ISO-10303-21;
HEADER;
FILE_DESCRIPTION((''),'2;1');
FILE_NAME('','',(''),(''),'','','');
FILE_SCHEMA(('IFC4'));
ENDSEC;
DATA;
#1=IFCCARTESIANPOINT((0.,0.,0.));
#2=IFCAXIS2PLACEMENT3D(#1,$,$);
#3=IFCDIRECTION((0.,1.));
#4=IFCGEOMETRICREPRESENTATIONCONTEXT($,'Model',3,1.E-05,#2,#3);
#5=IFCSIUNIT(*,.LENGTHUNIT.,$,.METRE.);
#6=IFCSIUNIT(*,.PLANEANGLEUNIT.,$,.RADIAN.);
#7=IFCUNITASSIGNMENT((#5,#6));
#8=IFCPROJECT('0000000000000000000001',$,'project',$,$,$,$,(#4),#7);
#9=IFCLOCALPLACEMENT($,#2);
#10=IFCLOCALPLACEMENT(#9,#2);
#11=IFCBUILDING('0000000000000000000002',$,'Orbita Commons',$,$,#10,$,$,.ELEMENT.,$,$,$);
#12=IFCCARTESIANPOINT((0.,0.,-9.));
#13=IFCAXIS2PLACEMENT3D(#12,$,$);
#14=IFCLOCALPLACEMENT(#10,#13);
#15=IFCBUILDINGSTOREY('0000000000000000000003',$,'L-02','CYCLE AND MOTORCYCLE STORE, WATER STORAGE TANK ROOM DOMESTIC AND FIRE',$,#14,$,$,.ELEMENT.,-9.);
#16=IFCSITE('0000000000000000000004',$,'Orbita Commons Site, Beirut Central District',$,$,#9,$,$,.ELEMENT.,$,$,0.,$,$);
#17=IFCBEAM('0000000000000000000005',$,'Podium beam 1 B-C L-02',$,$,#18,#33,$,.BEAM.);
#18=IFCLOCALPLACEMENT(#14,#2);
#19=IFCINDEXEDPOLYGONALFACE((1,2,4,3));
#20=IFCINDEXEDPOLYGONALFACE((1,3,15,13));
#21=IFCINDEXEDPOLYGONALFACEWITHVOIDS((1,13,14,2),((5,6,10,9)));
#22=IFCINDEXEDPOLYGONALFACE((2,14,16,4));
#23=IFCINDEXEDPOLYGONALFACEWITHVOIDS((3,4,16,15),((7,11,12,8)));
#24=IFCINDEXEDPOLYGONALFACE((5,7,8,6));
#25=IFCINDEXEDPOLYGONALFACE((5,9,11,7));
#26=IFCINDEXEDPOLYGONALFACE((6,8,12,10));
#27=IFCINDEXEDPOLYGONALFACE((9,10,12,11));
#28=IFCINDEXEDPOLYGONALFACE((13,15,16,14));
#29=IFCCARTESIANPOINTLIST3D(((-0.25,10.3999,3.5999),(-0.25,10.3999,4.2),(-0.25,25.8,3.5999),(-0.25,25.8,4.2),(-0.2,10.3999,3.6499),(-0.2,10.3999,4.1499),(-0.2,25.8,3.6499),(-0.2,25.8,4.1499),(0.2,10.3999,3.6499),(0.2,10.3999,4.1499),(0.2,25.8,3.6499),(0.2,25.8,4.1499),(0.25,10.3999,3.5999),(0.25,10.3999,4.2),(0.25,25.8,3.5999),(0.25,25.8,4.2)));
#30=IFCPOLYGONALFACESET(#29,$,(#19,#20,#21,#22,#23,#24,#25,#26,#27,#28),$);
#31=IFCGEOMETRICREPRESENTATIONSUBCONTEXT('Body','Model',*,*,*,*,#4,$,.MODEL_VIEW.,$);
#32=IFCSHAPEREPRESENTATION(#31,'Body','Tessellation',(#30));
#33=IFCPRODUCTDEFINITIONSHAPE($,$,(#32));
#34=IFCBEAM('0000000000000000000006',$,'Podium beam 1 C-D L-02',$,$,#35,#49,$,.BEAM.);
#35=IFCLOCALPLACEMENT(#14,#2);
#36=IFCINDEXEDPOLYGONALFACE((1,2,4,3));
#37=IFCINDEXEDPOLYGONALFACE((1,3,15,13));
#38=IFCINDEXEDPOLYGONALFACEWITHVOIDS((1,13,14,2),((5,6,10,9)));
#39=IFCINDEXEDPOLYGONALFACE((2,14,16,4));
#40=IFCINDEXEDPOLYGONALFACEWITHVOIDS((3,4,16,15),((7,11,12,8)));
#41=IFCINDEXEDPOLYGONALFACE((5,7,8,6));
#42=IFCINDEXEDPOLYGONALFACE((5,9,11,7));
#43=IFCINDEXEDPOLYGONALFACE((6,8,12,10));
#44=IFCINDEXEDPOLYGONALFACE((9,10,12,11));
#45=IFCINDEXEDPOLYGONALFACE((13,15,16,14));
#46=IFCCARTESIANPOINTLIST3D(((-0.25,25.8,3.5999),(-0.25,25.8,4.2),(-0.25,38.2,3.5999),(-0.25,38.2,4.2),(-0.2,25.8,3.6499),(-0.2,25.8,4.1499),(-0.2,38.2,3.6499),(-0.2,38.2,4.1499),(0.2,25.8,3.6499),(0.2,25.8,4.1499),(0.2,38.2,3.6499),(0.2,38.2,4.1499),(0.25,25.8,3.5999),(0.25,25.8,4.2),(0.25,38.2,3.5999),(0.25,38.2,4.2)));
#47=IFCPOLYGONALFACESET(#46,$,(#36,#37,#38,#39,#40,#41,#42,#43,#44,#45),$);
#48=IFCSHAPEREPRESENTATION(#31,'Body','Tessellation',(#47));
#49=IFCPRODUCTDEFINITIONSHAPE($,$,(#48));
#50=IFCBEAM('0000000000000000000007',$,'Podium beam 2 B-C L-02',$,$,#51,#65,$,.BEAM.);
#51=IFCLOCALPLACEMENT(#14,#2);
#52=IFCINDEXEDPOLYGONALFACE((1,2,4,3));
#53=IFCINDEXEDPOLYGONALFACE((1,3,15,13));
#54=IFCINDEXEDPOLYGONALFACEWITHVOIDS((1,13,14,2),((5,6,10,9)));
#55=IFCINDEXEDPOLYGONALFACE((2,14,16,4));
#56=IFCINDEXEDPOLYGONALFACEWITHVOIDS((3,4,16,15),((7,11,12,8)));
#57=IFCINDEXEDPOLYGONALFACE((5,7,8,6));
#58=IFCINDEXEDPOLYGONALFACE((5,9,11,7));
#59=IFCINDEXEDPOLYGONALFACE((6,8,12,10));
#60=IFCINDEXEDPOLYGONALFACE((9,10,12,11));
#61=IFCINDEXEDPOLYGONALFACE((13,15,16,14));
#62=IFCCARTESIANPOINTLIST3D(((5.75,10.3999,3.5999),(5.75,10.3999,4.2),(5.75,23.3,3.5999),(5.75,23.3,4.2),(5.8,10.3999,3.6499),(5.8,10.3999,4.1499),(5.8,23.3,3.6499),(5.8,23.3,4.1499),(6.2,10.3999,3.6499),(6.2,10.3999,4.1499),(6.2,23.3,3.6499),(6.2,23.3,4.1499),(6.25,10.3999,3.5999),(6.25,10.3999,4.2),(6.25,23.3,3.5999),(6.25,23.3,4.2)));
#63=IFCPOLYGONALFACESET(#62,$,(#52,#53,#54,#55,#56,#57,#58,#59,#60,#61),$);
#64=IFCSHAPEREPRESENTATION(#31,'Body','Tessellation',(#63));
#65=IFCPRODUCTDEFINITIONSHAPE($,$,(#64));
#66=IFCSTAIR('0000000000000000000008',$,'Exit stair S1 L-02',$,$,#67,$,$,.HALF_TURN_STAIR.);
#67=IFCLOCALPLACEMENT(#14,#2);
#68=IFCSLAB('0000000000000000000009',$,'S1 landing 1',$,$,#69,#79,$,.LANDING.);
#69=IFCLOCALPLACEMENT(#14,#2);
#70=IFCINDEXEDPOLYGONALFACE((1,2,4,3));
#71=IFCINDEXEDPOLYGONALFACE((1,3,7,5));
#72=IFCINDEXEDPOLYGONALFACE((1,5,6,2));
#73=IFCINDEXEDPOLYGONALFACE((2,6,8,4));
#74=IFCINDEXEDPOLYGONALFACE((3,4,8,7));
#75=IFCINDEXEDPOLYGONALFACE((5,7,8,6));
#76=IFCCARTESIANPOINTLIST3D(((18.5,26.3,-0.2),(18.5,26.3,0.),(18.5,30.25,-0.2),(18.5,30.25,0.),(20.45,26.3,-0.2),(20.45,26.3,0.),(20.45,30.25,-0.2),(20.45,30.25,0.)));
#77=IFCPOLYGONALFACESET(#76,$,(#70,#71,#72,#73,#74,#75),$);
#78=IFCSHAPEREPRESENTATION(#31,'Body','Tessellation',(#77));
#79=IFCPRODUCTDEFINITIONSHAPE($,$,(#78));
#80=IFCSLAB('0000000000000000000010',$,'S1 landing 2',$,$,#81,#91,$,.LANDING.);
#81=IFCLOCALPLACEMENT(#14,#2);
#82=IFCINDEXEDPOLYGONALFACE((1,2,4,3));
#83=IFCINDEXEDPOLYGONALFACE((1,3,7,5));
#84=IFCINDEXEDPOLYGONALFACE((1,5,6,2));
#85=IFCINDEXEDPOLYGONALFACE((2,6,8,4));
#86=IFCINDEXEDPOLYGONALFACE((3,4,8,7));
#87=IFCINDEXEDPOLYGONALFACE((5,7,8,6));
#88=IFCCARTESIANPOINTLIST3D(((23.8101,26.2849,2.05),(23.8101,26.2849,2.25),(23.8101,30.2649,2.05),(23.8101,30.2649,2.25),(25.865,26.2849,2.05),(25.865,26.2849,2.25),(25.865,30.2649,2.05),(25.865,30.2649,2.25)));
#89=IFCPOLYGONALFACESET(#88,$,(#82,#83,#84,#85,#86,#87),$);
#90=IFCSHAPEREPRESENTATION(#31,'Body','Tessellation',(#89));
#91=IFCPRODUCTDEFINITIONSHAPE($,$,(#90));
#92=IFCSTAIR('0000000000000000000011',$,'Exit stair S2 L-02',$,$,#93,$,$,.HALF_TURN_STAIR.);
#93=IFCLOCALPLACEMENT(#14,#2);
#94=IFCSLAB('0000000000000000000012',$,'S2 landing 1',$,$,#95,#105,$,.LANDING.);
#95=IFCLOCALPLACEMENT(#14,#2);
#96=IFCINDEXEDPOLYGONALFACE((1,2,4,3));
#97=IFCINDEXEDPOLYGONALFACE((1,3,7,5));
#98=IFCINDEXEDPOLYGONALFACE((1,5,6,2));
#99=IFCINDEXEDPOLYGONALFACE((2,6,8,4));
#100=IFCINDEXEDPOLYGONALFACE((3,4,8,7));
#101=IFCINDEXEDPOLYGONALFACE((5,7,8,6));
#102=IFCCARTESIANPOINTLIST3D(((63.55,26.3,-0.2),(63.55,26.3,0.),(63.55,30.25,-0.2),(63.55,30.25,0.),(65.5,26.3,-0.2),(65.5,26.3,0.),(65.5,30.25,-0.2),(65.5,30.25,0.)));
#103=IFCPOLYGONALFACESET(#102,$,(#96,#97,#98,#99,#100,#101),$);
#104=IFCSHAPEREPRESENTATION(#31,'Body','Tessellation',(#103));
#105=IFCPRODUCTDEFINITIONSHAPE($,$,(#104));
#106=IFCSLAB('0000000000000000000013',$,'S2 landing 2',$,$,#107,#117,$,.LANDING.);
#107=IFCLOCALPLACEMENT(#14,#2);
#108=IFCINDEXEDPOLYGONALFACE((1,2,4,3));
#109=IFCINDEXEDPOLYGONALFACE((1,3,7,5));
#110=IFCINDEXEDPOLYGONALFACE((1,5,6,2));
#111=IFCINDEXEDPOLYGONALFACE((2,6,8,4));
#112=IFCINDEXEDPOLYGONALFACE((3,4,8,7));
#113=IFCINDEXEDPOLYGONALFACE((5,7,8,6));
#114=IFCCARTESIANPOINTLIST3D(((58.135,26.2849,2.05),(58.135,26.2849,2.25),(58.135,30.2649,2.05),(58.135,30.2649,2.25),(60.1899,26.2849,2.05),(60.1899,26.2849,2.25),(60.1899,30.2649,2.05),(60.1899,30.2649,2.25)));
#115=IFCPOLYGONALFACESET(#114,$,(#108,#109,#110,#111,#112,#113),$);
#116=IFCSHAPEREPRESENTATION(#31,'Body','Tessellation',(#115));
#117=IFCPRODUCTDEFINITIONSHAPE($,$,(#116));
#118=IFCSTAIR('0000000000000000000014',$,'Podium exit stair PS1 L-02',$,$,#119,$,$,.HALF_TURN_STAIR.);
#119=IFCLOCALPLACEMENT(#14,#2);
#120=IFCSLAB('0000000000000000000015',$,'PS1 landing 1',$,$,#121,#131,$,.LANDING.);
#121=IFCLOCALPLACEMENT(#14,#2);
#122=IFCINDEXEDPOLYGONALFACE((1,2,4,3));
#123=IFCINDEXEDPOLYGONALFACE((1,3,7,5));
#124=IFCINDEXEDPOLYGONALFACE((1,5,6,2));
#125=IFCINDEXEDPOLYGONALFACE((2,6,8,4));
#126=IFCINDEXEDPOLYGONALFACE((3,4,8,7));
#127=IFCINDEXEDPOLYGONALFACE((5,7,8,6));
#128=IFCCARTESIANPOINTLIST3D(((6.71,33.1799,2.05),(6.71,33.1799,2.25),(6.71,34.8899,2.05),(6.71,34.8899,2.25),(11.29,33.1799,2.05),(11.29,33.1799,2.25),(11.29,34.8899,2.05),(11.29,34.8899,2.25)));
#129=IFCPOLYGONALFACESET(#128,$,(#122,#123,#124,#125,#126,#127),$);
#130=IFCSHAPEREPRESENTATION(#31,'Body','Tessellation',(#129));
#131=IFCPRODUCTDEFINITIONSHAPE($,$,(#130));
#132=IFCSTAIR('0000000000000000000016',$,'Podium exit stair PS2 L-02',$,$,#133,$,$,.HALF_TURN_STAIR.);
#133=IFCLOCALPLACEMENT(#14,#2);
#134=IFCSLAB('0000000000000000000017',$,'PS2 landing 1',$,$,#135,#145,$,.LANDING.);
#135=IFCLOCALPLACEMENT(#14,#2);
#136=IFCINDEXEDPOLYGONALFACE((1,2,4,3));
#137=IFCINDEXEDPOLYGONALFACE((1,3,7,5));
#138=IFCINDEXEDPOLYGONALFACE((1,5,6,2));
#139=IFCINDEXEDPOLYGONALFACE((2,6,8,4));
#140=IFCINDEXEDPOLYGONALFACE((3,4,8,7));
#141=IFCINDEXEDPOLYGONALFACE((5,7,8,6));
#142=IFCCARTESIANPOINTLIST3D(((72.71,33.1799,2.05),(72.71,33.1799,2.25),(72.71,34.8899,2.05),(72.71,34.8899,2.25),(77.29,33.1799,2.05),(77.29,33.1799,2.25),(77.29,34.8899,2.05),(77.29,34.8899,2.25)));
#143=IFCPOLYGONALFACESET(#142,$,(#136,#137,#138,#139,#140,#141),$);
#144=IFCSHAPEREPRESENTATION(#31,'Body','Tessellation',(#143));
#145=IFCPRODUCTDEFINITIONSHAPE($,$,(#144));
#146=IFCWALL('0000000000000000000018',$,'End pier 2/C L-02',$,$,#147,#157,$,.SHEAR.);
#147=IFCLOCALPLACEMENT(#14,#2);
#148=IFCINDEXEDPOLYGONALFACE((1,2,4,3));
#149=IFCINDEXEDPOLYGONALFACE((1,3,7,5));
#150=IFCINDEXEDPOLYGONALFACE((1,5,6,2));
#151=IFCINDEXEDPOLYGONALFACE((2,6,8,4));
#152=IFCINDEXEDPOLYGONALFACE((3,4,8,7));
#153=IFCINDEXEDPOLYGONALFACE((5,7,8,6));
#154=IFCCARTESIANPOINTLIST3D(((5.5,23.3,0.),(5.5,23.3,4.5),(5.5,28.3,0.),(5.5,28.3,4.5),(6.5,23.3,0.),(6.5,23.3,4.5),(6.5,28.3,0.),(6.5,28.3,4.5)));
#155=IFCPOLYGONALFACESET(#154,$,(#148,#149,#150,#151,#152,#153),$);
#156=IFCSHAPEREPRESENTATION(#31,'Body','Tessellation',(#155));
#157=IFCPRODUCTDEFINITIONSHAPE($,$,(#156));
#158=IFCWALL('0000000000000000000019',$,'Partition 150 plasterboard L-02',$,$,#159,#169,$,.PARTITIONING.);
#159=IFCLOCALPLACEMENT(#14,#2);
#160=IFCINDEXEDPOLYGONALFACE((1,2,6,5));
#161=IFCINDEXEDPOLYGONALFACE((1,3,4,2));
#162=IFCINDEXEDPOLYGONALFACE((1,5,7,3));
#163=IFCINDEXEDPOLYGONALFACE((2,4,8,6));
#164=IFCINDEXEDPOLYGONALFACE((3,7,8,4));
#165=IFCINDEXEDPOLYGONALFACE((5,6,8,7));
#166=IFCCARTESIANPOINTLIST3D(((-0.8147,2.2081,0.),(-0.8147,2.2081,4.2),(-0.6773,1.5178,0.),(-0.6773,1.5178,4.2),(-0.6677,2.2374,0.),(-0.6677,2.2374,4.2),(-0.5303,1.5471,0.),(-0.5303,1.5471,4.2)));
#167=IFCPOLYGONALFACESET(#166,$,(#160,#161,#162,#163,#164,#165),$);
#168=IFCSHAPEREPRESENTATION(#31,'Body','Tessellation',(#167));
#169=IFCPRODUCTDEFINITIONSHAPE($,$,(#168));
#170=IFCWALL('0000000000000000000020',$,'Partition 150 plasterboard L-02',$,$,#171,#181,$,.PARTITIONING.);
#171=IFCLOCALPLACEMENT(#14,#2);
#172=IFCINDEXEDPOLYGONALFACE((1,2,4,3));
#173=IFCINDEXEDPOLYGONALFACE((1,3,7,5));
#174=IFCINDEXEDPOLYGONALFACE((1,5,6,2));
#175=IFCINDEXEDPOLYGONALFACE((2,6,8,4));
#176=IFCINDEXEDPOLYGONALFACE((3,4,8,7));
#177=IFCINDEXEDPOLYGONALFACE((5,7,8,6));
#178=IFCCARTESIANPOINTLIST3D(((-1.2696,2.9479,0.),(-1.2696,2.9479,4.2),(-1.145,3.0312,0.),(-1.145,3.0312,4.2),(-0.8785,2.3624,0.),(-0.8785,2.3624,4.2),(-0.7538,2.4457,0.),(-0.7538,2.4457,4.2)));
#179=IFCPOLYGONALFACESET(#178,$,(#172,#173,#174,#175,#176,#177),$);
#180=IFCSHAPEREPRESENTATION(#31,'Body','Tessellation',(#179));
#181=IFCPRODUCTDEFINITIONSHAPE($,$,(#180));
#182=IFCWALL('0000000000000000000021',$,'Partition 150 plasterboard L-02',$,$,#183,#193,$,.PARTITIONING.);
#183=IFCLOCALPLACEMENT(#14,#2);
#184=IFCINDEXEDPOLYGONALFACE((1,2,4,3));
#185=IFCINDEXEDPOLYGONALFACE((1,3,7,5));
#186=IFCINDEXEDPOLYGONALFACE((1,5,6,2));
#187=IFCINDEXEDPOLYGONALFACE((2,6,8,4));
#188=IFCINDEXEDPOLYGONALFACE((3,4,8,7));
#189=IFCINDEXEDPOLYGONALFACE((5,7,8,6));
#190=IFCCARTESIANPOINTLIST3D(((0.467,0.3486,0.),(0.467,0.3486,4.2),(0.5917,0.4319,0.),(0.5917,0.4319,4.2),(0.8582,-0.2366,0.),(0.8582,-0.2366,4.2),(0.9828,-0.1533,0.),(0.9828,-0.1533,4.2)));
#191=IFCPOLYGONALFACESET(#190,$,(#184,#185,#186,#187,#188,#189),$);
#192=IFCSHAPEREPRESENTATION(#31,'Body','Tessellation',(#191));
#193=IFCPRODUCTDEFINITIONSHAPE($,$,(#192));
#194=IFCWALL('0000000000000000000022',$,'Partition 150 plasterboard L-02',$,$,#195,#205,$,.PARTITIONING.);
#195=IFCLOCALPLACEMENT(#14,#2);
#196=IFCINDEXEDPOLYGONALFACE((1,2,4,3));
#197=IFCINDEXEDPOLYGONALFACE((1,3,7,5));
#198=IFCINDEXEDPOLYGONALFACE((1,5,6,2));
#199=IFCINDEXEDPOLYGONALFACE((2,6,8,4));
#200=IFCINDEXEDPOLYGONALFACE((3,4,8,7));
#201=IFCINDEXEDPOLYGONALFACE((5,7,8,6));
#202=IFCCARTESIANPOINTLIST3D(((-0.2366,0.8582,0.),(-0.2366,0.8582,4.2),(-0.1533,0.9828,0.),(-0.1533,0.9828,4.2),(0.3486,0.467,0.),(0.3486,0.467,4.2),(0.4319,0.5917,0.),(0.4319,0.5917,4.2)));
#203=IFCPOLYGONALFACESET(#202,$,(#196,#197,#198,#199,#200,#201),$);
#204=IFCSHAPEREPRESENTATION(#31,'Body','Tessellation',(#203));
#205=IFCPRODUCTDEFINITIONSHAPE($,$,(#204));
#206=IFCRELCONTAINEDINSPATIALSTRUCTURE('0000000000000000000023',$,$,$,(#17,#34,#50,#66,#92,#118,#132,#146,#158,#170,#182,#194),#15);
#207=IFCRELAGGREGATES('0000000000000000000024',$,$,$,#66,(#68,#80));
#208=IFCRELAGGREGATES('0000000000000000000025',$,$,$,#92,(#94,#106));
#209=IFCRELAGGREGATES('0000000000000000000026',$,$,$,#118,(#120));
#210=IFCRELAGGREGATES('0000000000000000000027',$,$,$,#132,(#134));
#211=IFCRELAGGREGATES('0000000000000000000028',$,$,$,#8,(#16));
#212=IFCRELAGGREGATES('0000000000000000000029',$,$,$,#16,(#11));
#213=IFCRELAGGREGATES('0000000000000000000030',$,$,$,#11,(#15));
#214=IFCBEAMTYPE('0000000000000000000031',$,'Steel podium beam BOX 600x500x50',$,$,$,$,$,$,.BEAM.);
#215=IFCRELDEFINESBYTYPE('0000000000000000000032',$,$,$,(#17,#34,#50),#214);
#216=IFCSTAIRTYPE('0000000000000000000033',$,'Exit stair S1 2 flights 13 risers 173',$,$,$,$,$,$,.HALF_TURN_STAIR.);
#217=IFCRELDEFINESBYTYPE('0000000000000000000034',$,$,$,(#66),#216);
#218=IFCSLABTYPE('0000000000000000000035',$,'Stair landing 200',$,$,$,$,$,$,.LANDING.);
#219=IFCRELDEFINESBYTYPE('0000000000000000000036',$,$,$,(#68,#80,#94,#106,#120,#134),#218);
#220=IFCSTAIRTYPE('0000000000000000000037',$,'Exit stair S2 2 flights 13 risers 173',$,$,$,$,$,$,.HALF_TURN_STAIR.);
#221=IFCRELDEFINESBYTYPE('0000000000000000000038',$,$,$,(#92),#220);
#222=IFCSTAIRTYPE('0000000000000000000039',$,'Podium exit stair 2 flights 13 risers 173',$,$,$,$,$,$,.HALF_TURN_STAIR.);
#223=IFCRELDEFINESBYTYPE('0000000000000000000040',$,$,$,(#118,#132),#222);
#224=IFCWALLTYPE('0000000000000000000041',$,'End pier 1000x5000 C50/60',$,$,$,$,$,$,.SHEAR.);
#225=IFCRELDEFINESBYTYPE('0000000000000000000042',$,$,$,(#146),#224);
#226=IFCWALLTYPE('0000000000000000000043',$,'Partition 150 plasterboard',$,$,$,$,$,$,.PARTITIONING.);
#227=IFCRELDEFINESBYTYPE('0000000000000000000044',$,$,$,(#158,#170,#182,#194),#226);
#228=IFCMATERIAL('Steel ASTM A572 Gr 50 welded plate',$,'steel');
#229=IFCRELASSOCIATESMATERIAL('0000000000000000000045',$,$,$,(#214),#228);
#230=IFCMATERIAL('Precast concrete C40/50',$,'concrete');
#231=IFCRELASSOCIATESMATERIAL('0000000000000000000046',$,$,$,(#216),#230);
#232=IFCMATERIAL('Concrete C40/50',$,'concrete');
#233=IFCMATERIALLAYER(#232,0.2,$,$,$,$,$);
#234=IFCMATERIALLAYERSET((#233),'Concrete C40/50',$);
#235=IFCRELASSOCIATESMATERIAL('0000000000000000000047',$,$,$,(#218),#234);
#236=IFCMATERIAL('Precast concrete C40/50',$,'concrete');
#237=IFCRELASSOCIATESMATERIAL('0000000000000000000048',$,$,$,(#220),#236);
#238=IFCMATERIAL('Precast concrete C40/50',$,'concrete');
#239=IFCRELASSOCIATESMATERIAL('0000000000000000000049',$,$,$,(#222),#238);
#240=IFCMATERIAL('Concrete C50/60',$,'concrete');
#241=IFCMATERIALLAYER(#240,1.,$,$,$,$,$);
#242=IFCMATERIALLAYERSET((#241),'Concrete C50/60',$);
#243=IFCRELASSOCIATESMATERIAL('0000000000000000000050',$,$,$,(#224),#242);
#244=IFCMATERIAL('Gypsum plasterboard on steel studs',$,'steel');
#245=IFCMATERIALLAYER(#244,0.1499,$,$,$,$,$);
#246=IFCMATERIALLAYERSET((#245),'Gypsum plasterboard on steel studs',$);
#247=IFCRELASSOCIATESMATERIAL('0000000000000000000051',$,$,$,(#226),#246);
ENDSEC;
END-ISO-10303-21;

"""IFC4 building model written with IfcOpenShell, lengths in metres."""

from ifc_helpers import new_model, si_unit, direction, frame, frame_2d, origin, origin_2d, place, context, subcontext, project, spatial, polyline, rectangle, hollow_rectangle, outline, extrude, material, layer, layer_set, material_profile, profile_set, type_object, element, aggregate, save


model = new_model("IFC4")

# Units and contexts
model_context = context("Model", 3, precision=1e-05, world=origin(), true_north=direction((0.0, 1.0)))
body_context = subcontext(model_context, "Body", "Model", "MODEL_VIEW")
ifc_project = project(units=[si_unit("LENGTHUNIT", "METRE"), si_unit("PLANEANGLEUNIT", "RADIAN")], contexts=[model_context])

# Site, building, storey
site_placement = place(None, origin())
site = spatial("IfcSite", under=ifc_project, at=site_placement, Name="Orbita Commons Site, Beirut Central District", CompositionType="ELEMENT", RefElevation=0.0)
building_placement = place(site_placement, origin())
building = spatial("IfcBuilding", under=site, at=building_placement, Name="Orbita Commons", CompositionType="ELEMENT")
storey_placement = place(building_placement, frame((0.0, 0.0, -9.0)))
storey = spatial("IfcBuildingStorey", under=building, at=storey_placement, Name="L-02", Description="CYCLE AND MOTORCYCLE STORE, WATER STORAGE TANK ROOM DOMESTIC AND FIRE", CompositionType="ELEMENT", Elevation=-9.0)

# Beams
ifc_material_1 = material(Name="Steel ASTM A572 Gr 50 welded plate", Category="steel")
ifc_material_profile_1 = material_profile(ifc_material_1, hollow_rectangle(XDim=0.5, YDim=0.6001, WallThickness=0.05, at=origin_2d()), Name="BOX 600x500x50")
ifc_profile_set_1 = profile_set([ifc_material_profile_1], Name="Steel ASTM A572 Gr 50 welded plate")
beam_type = type_object("IfcBeamType", Name="Steel podium beam BOX 600x500x50", PredefinedType="BEAM", material=ifc_profile_set_1)
beam_1_placement = place(storey_placement, frame((0.0, 10.3999, 3.8999), z_axis=(0.0, 1.0, 0.0), x_axis=(-1.0, 0.0, 0.0)))
element("IfcBeam", 1, at=beam_1_placement, inside=storey, type_object=beam_type, Name="Podium beam 1 B-C L-02", PredefinedType="BEAM", context=body_context, shape_type="SweptSolid", body=[
    extrude(hollow_rectangle(XDim=0.5, YDim=0.6001, WallThickness=0.05, at=origin_2d()), origin(), (0.0, 0.0, 1.0), 15.4001),
])
beam_2_placement = place(storey_placement, frame((0.0, 25.8, 3.8999), z_axis=(0.0, 1.0, 0.0), x_axis=(-1.0, 0.0, 0.0)))
element("IfcBeam", 2, at=beam_2_placement, inside=storey, type_object=beam_type, Name="Podium beam 1 C-D L-02", PredefinedType="BEAM", context=body_context, shape_type="SweptSolid", body=[
    extrude(hollow_rectangle(XDim=0.5, YDim=0.6001, WallThickness=0.05, at=origin_2d()), origin(), (0.0, 0.0, 1.0), 12.3999),
])
beam_3_placement = place(storey_placement, frame((6.0, 10.3999, 3.8999), z_axis=(0.0, 1.0, 0.0), x_axis=(-1.0, 0.0, 0.0)))
element("IfcBeam", 3, at=beam_3_placement, inside=storey, type_object=beam_type, Name="Podium beam 2 B-C L-02", PredefinedType="BEAM", context=body_context, shape_type="SweptSolid", body=[
    extrude(hollow_rectangle(XDim=0.5, YDim=0.6001, WallThickness=0.05, at=origin_2d()), origin(), (0.0, 0.0, 1.0), 12.9001),
])

# Stairs, slabs
ifc_material_2 = material(Name="Precast concrete C40/50", Category="concrete")
stair_type_1 = type_object("IfcStairType", Name="Exit stair S1 2 flights 13 risers 173", PredefinedType="HALF_TURN_STAIR", material=ifc_material_2)
stair_1_placement = place(storey_placement, origin())
stair_1 = element("IfcStair", 4, at=stair_1_placement, inside=storey, type_object=stair_type_1, Name="Exit stair S1 L-02", PredefinedType="HALF_TURN_STAIR")
ifc_material_3 = material(Name="Concrete C40/50", Category="concrete")
ifc_layer_1 = layer(ifc_material_3, 0.2)
ifc_layer_set_1 = layer_set([ifc_layer_1], Name="Concrete C40/50")
slab_type = type_object("IfcSlabType", Name="Stair landing 200", PredefinedType="LANDING", material=ifc_layer_set_1)
slab_1_placement = place(storey_placement, frame((0.0, 0.0, -0.2)))
slab_1 = element("IfcSlab", 5, at=slab_1_placement, type_object=slab_type, Name="S1 landing 1", PredefinedType="LANDING", context=body_context, shape_type="SweptSolid", body=[
    extrude(outline(polyline([(18.5, 26.3), (20.45, 26.3), (20.45, 30.25), (18.5, 30.25), (18.5, 26.3)])), origin(), (0.0, 0.0, 1.0), 0.2),
])
slab_2_placement = place(storey_placement, frame((0.0, 0.0, 2.05)))
slab_2 = element("IfcSlab", 6, at=slab_2_placement, type_object=slab_type, Name="S1 landing 2", PredefinedType="LANDING", context=body_context, shape_type="SweptSolid", body=[
    extrude(outline(polyline([(23.8101, 26.2849), (25.865, 26.2849), (25.865, 30.2649), (23.8101, 30.2649), (23.8101, 26.2849)])), origin(), (0.0, 0.0, 1.0), 0.2),
])
aggregate(stair_1, [slab_1, slab_2])
ifc_material_4 = material(Name="Precast concrete C40/50", Category="concrete")
stair_type_2 = type_object("IfcStairType", Name="Exit stair S2 2 flights 13 risers 173", PredefinedType="HALF_TURN_STAIR", material=ifc_material_4)
stair_2_placement = place(storey_placement, origin())
stair_2 = element("IfcStair", 7, at=stair_2_placement, inside=storey, type_object=stair_type_2, Name="Exit stair S2 L-02", PredefinedType="HALF_TURN_STAIR")
slab_3_placement = place(storey_placement, frame((0.0, 0.0, -0.2)))
slab_3 = element("IfcSlab", 8, at=slab_3_placement, type_object=slab_type, Name="S2 landing 1", PredefinedType="LANDING", context=body_context, shape_type="SweptSolid", body=[
    extrude(outline(polyline([(63.55, 26.3), (65.5, 26.3), (65.5, 30.25), (63.55, 30.25), (63.55, 26.3)])), origin(), (0.0, 0.0, 1.0), 0.2),
])
slab_4_placement = place(storey_placement, frame((0.0, 0.0, 2.05)))
slab_4 = element("IfcSlab", 9, at=slab_4_placement, type_object=slab_type, Name="S2 landing 2", PredefinedType="LANDING", context=body_context, shape_type="SweptSolid", body=[
    extrude(outline(polyline([(58.135, 26.2849), (60.1899, 26.2849), (60.1899, 30.2649), (58.135, 30.2649), (58.135, 26.2849)])), origin(), (0.0, 0.0, 1.0), 0.2),
])
aggregate(stair_2, [slab_3, slab_4])

# Stairs, slabs
ifc_material_5 = material(Name="Precast concrete C40/50", Category="concrete")
stair_type_3 = type_object("IfcStairType", Name="Podium exit stair 2 flights 13 risers 173", PredefinedType="HALF_TURN_STAIR", material=ifc_material_5)
stair_3_placement = place(storey_placement, origin())
stair_3 = element("IfcStair", 10, at=stair_3_placement, inside=storey, type_object=stair_type_3, Name="Podium exit stair PS1 L-02", PredefinedType="HALF_TURN_STAIR")
slab_5_placement = place(storey_placement, frame((0.0, 0.0, 2.05)))
slab_5 = element("IfcSlab", 11, at=slab_5_placement, type_object=slab_type, Name="PS1 landing 1", PredefinedType="LANDING", context=body_context, shape_type="SweptSolid", body=[
    extrude(outline(polyline([(6.71, 33.1799), (11.29, 33.1799), (11.29, 34.8899), (6.71, 34.8899), (6.71, 33.1799)])), origin(), (0.0, 0.0, 1.0), 0.2),
])
aggregate(stair_3, [slab_5])
stair_4_placement = place(storey_placement, origin())
stair_4 = element("IfcStair", 12, at=stair_4_placement, inside=storey, type_object=stair_type_3, Name="Podium exit stair PS2 L-02", PredefinedType="HALF_TURN_STAIR")
slab_6_placement = place(storey_placement, frame((0.0, 0.0, 2.05)))
slab_6 = element("IfcSlab", 13, at=slab_6_placement, type_object=slab_type, Name="PS2 landing 1", PredefinedType="LANDING", context=body_context, shape_type="SweptSolid", body=[
    extrude(outline(polyline([(72.71, 33.1799), (77.29, 33.1799), (77.29, 34.8899), (72.71, 34.8899), (72.71, 33.1799)])), origin(), (0.0, 0.0, 1.0), 0.2),
])
aggregate(stair_4, [slab_6])

# Walls
ifc_material_6 = material(Name="Concrete C50/60", Category="concrete")
ifc_layer_2 = layer(ifc_material_6, 1.0)
ifc_layer_set_2 = layer_set([ifc_layer_2], Name="Concrete C50/60")
wall_type_1 = type_object("IfcWallType", Name="End pier 1000x5000 C50/60", PredefinedType="SHEAR", material=ifc_layer_set_2)
wall_1_placement = place(storey_placement, frame((6.0, 23.3, 0.0), z_axis=(0.0, 0.0, 1.0), x_axis=(0.0, 1.0, 0.0)))
element("IfcWall", 14, at=wall_1_placement, inside=storey, type_object=wall_type_1, Name="End pier 2/C L-02", PredefinedType="SHEAR", context=body_context, shape_type="SweptSolid", body=[
    extrude(rectangle(XDim=5.0, YDim=1.0, at=frame_2d((2.5, 0.0))), origin(), (0.0, 0.0, 1.0), 4.5),
])
ifc_material_7 = material(Name="Gypsum plasterboard on steel studs", Category="steel")
ifc_layer_3 = layer(ifc_material_7, 0.1499)
ifc_layer_set_3 = layer_set([ifc_layer_3], Name="Gypsum plasterboard on steel studs")
wall_type_2 = type_object("IfcWallType", Name="Partition 150 plasterboard", PredefinedType="PARTITIONING", material=ifc_layer_set_3)
wall_2_placement = place(storey_placement, frame((-0.7412, 2.2229, 0.0), z_axis=(0.0, 0.0, 1.0), x_axis=(0.195249, -0.980754, 0.0)))
element("IfcWall", 15, at=wall_2_placement, inside=storey, type_object=wall_type_2, Name="Partition 150 plasterboard L-02", PredefinedType="PARTITIONING", context=body_context, shape_type="SweptSolid", body=[
    extrude(rectangle(XDim=0.7039, YDim=0.1499, at=frame_2d((0.3521, 0.0))), origin(), (0.0, 0.0, 1.0), 4.2),
])
wall_3_placement = place(storey_placement, frame((-0.8162, 2.4041, 0.0), z_axis=(0.0, 0.0, 1.0), x_axis=(-0.5555, 0.831516, 0.0)))
element("IfcWall", 16, at=wall_3_placement, inside=storey, type_object=wall_type_2, Name="Partition 150 plasterboard L-02", PredefinedType="PARTITIONING", context=body_context, shape_type="SweptSolid", body=[
    extrude(rectangle(XDim=0.7041, YDim=0.1499, at=frame_2d((0.3521, 0.0))), origin(), (0.0, 0.0, 1.0), 4.2),
])
for number, where, z_axis, x_axis, name in (
    (17, (0.5293, 0.3904, 0.0), (0.0, 0.0, 1.0), (0.55566, -0.831409, 0.0), "Partition 150 plasterboard L-02"),
    (18, (0.3904, 0.5293, 0.0), (0.0, 0.0, 1.0), (-0.831409, 0.55566, 0.0), "Partition 150 plasterboard L-02"),
):
    element("IfcWall", number, at=place(storey_placement, frame(where, z_axis=z_axis, x_axis=x_axis)), inside=storey, type_object=wall_type_2, Name=name, PredefinedType="PARTITIONING", context=body_context, shape_type="SweptSolid", body=[
        extrude(rectangle(XDim=0.7039, YDim=0.1499, at=frame_2d((0.3521, 0.0))), origin(), (0.0, 0.0, 1.0), 4.2),
    ])

save(model, "model.ifc")
